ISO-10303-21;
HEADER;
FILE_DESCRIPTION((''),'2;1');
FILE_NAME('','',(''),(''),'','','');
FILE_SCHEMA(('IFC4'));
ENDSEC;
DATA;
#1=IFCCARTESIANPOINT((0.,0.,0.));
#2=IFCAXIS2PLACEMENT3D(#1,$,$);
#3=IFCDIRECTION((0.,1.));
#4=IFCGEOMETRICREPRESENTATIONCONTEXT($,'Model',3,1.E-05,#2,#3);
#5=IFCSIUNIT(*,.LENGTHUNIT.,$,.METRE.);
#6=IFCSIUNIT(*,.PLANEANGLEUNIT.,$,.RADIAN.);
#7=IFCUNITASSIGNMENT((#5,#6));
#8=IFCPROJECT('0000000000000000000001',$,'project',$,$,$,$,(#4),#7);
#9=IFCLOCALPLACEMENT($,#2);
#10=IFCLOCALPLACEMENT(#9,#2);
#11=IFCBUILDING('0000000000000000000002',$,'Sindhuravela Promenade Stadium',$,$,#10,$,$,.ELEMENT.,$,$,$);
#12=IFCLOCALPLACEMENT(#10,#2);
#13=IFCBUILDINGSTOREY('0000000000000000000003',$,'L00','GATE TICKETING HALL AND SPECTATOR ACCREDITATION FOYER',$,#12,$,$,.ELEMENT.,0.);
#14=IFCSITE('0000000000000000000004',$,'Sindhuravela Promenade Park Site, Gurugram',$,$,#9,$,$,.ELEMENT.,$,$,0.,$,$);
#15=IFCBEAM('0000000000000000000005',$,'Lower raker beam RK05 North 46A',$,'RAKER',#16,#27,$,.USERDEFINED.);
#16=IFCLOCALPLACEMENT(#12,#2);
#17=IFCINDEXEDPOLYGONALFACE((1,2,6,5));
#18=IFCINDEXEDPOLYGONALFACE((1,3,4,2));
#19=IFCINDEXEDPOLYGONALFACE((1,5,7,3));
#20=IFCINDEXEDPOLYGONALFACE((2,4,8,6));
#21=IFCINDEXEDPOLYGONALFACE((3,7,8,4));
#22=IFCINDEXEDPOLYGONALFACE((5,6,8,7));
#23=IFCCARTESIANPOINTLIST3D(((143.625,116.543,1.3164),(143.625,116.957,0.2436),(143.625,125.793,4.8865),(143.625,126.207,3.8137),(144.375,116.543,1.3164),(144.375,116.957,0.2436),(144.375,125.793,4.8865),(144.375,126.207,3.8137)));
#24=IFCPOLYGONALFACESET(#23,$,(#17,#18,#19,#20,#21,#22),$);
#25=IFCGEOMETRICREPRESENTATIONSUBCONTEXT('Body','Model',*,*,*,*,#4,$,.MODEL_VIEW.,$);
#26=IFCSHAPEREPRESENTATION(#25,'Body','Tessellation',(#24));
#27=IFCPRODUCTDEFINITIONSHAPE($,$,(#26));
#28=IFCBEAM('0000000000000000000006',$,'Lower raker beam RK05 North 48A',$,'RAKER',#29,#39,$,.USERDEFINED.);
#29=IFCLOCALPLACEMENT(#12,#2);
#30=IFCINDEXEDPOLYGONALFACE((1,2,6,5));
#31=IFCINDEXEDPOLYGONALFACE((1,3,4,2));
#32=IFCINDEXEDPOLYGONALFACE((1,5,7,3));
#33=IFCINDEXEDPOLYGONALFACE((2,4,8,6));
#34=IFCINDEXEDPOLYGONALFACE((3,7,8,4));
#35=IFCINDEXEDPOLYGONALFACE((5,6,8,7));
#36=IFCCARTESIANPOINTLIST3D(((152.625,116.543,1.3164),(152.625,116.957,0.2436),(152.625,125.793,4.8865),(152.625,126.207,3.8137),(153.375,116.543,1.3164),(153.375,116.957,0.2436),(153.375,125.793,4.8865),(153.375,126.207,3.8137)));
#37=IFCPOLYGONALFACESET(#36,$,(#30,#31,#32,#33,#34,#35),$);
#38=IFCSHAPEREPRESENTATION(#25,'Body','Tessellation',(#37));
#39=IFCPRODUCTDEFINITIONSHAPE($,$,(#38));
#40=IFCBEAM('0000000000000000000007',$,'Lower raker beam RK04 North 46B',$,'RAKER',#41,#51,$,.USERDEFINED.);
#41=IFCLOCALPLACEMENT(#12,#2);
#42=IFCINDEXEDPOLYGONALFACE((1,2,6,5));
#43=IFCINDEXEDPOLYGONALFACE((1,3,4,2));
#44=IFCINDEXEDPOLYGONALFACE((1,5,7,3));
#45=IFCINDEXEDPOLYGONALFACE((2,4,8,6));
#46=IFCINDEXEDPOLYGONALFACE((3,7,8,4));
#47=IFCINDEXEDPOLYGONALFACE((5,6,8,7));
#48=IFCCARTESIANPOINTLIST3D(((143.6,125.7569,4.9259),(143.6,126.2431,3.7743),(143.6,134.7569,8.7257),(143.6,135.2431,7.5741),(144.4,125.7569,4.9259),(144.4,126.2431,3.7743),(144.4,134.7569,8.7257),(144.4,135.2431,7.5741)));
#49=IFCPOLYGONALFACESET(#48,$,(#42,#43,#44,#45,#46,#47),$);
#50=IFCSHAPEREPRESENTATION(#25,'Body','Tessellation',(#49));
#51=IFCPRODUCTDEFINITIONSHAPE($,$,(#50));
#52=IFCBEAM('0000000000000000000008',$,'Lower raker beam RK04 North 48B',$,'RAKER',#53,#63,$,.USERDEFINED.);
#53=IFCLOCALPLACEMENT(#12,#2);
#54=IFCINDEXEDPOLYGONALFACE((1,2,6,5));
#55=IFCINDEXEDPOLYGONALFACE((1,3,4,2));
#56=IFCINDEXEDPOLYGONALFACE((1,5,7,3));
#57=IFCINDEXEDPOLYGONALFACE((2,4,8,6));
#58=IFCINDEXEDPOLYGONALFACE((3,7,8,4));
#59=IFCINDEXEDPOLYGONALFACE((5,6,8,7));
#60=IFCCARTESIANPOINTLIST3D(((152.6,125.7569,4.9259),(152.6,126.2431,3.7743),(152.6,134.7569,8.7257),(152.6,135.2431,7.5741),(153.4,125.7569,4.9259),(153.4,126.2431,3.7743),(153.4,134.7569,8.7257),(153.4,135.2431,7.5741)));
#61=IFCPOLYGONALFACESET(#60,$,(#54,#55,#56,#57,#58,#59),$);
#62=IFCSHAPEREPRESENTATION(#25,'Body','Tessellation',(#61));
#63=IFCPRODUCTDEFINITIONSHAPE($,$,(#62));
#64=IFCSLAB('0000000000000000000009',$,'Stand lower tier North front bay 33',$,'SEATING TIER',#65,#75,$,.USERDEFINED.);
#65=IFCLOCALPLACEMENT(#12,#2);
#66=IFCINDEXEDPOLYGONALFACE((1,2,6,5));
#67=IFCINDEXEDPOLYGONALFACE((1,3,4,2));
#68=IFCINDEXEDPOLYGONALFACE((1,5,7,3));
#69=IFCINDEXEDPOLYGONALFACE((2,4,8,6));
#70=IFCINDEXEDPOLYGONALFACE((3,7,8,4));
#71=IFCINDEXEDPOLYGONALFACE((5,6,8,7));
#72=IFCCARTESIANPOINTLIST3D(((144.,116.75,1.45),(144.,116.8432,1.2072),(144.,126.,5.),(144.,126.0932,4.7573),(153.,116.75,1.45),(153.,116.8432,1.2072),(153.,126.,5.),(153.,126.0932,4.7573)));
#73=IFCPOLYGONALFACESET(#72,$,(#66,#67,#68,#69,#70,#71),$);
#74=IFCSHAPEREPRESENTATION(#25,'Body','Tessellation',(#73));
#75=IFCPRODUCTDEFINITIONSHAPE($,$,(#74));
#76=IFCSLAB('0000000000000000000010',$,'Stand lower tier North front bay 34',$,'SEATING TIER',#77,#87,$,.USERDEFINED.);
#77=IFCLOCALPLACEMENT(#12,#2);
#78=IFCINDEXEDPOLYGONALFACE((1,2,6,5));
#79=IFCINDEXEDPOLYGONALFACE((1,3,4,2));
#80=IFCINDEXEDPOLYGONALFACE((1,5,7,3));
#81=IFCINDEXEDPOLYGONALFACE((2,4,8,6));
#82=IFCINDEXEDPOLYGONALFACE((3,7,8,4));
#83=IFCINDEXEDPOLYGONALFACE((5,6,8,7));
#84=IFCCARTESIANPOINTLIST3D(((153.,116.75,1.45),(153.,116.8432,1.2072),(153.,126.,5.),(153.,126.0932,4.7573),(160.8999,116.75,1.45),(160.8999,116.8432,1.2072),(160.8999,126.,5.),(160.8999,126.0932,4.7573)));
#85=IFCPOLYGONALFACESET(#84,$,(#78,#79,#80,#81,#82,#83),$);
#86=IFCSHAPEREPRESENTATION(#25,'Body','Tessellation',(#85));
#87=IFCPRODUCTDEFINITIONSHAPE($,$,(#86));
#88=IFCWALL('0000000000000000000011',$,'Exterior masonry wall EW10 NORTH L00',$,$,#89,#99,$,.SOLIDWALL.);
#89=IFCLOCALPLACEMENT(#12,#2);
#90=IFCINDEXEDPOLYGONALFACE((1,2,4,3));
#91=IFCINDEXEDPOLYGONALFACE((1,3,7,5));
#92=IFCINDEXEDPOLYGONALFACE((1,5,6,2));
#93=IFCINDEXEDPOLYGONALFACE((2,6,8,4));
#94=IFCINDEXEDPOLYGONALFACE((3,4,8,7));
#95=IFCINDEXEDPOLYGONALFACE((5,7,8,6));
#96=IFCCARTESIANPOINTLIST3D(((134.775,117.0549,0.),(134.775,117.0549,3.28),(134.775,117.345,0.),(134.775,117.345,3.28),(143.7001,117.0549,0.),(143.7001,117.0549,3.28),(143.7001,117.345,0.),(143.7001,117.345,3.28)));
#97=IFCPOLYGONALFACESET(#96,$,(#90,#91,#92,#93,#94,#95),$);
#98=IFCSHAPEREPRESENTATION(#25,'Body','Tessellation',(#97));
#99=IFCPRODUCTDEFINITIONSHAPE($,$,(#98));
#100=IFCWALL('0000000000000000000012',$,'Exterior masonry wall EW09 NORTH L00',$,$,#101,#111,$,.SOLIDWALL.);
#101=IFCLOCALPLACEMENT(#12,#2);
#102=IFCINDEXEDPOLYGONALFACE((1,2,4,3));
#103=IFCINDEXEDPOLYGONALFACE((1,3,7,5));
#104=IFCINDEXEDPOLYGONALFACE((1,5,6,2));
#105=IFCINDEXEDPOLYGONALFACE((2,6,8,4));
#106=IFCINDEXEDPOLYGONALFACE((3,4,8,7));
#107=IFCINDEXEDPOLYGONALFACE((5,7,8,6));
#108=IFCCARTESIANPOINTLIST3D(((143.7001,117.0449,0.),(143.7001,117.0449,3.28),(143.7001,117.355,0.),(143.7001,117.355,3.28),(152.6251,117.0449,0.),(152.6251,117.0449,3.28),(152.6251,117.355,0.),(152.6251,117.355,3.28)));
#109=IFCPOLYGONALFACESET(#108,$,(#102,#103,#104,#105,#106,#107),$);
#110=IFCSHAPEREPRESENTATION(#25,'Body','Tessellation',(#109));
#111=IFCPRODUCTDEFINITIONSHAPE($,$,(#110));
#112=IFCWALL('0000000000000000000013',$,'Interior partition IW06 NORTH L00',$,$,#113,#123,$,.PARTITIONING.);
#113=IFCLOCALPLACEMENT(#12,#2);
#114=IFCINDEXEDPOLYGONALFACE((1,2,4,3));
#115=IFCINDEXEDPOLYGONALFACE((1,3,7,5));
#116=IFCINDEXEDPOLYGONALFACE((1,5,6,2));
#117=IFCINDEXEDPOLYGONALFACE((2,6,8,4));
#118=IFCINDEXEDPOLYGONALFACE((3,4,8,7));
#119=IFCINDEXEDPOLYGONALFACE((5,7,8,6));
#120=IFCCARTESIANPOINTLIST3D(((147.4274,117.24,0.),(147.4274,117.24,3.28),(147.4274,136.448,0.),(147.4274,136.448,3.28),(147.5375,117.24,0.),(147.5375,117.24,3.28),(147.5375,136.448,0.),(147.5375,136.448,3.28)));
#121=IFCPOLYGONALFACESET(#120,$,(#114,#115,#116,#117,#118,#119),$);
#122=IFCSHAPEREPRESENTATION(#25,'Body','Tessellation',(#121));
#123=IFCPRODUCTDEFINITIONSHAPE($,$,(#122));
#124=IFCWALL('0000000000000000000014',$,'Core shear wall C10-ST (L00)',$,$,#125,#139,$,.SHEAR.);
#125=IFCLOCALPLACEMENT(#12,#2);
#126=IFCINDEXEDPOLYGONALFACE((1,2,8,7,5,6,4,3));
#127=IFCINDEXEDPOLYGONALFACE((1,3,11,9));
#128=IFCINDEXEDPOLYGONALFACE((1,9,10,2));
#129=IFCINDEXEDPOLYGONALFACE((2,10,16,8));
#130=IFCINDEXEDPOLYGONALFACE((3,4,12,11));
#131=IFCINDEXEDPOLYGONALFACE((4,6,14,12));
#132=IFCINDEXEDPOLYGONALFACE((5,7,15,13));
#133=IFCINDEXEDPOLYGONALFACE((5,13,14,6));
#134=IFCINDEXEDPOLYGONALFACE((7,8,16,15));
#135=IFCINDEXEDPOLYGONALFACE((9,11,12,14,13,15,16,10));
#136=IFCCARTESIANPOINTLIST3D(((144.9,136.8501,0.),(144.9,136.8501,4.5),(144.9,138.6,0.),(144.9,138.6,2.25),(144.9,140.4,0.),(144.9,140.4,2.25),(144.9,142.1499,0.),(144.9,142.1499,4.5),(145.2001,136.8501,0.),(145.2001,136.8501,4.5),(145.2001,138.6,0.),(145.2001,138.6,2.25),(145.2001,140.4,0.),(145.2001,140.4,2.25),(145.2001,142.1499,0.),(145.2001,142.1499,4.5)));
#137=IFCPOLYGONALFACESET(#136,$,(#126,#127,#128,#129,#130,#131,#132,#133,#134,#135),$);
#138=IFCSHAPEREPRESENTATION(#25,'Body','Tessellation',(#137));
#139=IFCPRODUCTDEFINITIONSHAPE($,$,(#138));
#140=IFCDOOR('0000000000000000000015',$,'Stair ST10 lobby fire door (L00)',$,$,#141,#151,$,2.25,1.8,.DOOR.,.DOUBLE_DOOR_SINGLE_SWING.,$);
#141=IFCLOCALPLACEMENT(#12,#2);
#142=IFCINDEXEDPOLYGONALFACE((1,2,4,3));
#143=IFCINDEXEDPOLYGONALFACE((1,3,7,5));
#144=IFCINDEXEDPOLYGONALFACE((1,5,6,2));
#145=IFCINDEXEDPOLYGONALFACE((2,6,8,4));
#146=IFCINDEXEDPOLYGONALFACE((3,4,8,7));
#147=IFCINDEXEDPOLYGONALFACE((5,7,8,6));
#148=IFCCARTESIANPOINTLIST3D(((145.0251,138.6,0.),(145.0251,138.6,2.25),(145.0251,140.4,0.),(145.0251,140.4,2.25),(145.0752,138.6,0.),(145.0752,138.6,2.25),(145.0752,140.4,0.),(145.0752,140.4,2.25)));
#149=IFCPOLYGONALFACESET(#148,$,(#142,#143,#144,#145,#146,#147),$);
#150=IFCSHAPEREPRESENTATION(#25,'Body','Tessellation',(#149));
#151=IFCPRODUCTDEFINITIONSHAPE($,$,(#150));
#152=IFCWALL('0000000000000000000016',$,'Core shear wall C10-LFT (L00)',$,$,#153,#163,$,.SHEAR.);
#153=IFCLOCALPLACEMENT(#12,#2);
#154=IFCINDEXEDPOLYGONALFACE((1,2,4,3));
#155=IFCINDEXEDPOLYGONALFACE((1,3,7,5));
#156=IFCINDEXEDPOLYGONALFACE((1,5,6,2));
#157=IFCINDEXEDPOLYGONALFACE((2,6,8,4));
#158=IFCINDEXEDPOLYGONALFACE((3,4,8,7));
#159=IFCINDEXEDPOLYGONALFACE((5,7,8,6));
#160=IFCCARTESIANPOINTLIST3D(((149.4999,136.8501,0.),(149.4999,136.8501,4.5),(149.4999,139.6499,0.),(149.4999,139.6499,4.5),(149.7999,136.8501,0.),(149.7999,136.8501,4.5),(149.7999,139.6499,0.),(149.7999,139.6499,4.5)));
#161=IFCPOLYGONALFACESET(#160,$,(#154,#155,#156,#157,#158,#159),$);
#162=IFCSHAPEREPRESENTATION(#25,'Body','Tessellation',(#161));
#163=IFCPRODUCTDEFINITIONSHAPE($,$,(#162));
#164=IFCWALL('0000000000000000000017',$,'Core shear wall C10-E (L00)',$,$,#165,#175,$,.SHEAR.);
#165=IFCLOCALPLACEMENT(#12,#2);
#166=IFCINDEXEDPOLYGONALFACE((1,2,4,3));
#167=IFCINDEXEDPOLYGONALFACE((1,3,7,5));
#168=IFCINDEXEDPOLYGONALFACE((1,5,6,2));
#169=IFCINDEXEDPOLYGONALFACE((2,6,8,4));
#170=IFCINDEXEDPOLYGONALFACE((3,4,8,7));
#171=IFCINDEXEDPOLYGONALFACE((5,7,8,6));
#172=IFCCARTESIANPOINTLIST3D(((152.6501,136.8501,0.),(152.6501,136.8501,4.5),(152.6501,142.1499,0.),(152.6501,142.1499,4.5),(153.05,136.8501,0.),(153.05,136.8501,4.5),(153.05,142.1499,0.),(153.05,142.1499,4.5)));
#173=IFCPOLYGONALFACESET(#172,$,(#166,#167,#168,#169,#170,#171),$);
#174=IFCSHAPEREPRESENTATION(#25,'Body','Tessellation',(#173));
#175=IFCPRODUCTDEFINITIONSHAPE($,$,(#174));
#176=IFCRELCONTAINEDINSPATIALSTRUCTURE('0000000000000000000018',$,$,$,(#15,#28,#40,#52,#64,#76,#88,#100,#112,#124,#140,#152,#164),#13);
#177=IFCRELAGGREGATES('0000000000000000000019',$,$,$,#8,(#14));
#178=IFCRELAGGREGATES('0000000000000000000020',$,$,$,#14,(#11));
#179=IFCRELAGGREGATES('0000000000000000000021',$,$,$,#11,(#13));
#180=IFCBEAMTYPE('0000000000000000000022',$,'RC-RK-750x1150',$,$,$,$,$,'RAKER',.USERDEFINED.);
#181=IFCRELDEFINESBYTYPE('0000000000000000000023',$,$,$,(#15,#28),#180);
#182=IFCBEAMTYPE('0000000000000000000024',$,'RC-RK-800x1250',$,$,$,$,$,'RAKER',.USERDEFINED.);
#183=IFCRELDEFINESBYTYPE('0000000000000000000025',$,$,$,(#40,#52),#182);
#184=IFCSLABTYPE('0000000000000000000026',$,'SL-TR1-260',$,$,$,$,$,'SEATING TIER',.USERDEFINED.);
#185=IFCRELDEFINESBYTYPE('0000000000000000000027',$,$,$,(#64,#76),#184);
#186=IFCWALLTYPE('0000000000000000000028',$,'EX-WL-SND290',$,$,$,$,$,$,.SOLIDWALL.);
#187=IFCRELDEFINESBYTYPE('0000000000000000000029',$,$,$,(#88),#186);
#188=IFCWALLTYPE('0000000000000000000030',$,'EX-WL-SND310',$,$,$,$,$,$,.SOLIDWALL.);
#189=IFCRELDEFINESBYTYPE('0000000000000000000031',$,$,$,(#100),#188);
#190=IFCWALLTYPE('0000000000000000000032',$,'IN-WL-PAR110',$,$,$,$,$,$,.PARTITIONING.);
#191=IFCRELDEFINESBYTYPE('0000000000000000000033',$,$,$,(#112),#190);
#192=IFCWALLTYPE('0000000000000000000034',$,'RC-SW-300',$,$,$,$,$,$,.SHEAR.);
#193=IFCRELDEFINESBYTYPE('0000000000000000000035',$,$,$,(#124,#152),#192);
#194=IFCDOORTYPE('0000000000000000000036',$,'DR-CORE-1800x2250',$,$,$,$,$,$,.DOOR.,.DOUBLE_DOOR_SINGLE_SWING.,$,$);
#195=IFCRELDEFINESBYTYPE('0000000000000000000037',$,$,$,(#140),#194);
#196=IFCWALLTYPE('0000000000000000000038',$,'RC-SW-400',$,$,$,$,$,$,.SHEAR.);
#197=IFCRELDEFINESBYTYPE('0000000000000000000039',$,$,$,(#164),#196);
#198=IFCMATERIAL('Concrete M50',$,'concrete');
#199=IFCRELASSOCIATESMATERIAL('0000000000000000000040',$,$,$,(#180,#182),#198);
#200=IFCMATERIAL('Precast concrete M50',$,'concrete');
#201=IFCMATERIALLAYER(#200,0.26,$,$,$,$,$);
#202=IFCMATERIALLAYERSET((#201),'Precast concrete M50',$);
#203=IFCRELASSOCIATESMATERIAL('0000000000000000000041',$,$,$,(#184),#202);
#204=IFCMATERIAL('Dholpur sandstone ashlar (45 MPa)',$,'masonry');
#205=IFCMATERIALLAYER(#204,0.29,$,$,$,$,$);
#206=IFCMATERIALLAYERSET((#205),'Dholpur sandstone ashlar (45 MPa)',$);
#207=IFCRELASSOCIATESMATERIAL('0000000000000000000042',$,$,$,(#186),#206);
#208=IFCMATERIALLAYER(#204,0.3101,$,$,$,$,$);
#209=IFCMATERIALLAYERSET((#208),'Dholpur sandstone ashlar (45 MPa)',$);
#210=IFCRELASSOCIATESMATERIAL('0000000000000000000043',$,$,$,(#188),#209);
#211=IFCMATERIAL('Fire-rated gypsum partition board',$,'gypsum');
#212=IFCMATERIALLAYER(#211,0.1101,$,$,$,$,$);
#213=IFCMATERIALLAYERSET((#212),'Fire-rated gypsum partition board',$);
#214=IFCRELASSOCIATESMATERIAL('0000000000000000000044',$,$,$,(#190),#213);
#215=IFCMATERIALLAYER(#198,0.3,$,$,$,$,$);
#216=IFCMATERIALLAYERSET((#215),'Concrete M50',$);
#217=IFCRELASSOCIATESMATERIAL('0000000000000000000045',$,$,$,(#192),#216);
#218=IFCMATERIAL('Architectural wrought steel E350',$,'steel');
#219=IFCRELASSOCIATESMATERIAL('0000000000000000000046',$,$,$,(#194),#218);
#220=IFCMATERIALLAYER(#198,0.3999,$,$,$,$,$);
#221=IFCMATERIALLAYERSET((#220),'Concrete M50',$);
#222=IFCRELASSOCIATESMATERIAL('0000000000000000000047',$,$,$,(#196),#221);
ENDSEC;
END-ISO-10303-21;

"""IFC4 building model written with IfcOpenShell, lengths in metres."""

from ifc_helpers import new_model, si_unit, direction, frame, frame_2d, origin, origin_2d, place, context, subcontext, project, spatial, polyline, rectangle, outline, extrude, material, layer, layer_set, material_profile, profile_set, type_object, element, fill, save


model = new_model("IFC4")

# Units and contexts
model_context = context("Model", 3, precision=1e-05, world=origin(), true_north=direction((0.0, 1.0)))
body_context = subcontext(model_context, "Body", "Model", "MODEL_VIEW")
ifc_project = project(units=[si_unit("LENGTHUNIT", "METRE"), si_unit("PLANEANGLEUNIT", "RADIAN")], contexts=[model_context])

# Site, building, storey
site_placement = place(None, origin())
site = spatial("IfcSite", under=ifc_project, at=site_placement, Name="Sindhuravela Promenade Park Site, Gurugram", CompositionType="ELEMENT", RefElevation=0.0)
building_placement = place(site_placement, origin())
building = spatial("IfcBuilding", under=site, at=building_placement, Name="Sindhuravela Promenade Stadium", CompositionType="ELEMENT")
storey_placement = place(building_placement, origin())
storey = spatial("IfcBuildingStorey", under=building, at=storey_placement, Name="L00", Description="GATE TICKETING HALL AND SPECTATOR ACCREDITATION FOYER", CompositionType="ELEMENT", Elevation=0.0)

# Shared definitions
ifc_material_1 = material(Name="Concrete M50", Category="concrete")

# Beams
ifc_material_profile_1 = material_profile(ifc_material_1, rectangle(XDim=0.75, YDim=1.1499, at=origin_2d()), Name="RC 750x1150")
ifc_profile_set_1 = profile_set([ifc_material_profile_1], Name="Concrete M50")
beam_type_1 = type_object("IfcBeamType", Name="RC-RK-750x1150", ElementType="RAKER", PredefinedType="USERDEFINED", material=ifc_profile_set_1)
for number, where, z_axis, x_axis, name in (
    (1, (144.0, 116.75, 0.78), (0.0, 0.932927, 0.360066), (-1.0, 0.0, 0.0), "Lower raker beam RK05 North 46A"),
    (2, (153.0, 116.75, 0.78), (0.0, 0.932927, 0.360066), (-1.0, 0.0, 0.0), "Lower raker beam RK05 North 48A"),
):
    element("IfcBeam", number, at=place(storey_placement, frame(where, z_axis=z_axis, x_axis=x_axis)), inside=storey, type_object=beam_type_1, Name=name, ObjectType="RAKER", PredefinedType="USERDEFINED", context=body_context, shape_type="SweptSolid", body=[
        extrude(rectangle(XDim=0.75, YDim=1.1499, at=origin_2d()), origin(), (0.0, 0.0, 1.0), 9.915),
    ])
ifc_material_profile_2 = material_profile(ifc_material_1, rectangle(XDim=0.8, YDim=1.25, at=origin_2d()), Name="RC 800x1250")
ifc_profile_set_2 = profile_set([ifc_material_profile_2], Name="Concrete M50")
beam_type_2 = type_object("IfcBeamType", Name="RC-RK-800x1250", ElementType="RAKER", PredefinedType="USERDEFINED", material=ifc_profile_set_2)
for number, where, z_axis, x_axis, name in (
    (3, (144.0, 126.0, 4.3501), (0.0, 0.921257, 0.388955), (-1.0, 0.0, 0.0), "Lower raker beam RK04 North 46B"),
    (4, (153.0, 126.0, 4.3501), (0.0, 0.921257, 0.388955), (-1.0, 0.0, 0.0), "Lower raker beam RK04 North 48B"),
):
    element("IfcBeam", number, at=place(storey_placement, frame(where, z_axis=z_axis, x_axis=x_axis)), inside=storey, type_object=beam_type_2, Name=name, ObjectType="RAKER", PredefinedType="USERDEFINED", context=body_context, shape_type="SweptSolid", body=[
        extrude(rectangle(XDim=0.8, YDim=1.25, at=origin_2d()), origin(), (0.0, 0.0, 1.0), 9.7693),
    ])

# Slabs
ifc_material_2 = material(Name="Precast concrete M50", Category="concrete")
ifc_layer_1 = layer(ifc_material_2, 0.26)
ifc_layer_set_1 = layer_set([ifc_layer_1], Name="Precast concrete M50")
slab_type = type_object("IfcSlabType", Name="SL-TR1-260", ElementType="SEATING TIER", PredefinedType="USERDEFINED", material=ifc_layer_set_1)
slab_1_placement = place(storey_placement, frame((144.0, 116.75, 1.45), z_axis=(0.0, -0.358307, 0.933604), x_axis=(1.0, 0.0, 0.0)))
element("IfcSlab", 5, at=slab_1_placement, inside=storey, type_object=slab_type, Name="Stand lower tier North front bay 33", ObjectType="SEATING TIER", PredefinedType="USERDEFINED", context=body_context, shape_type="SweptSolid", body=[
    extrude(outline(polyline([(0.0, 0.0), (9.0, 0.0), (9.0, 9.9078), (0.0, 9.9078), (0.0, 0.0)])), origin(), (0.0, 0.0, -1.0), 0.26),
])
slab_2_placement = place(storey_placement, frame((153.0, 116.75, 1.45), z_axis=(0.0, -0.358307, 0.933604), x_axis=(1.0, 0.0, 0.0)))
element("IfcSlab", 6, at=slab_2_placement, inside=storey, type_object=slab_type, Name="Stand lower tier North front bay 34", ObjectType="SEATING TIER", PredefinedType="USERDEFINED", context=body_context, shape_type="SweptSolid", body=[
    extrude(outline(polyline([(0.0, 0.0), (7.8999, 0.0), (7.8999, 9.9078), (0.0, 9.9078), (0.0, 0.0)])), origin(), (0.0, 0.0, -1.0), 0.26),
])

# Walls
ifc_material_3 = material(Name="Dholpur sandstone ashlar (45 MPa)", Category="masonry")
ifc_layer_2 = layer(ifc_material_3, 0.29)
ifc_layer_set_2 = layer_set([ifc_layer_2], Name="Dholpur sandstone ashlar (45 MPa)")
wall_type_1 = type_object("IfcWallType", Name="EX-WL-SND290", PredefinedType="SOLIDWALL", material=ifc_layer_set_2)
wall_1_placement = place(storey_placement, frame((143.7, 117.2, 0.0), z_axis=(0.0, 0.0, 1.0), x_axis=(-1.0, 0.0, 0.0)))
element("IfcWall", 7, at=wall_1_placement, inside=storey, type_object=wall_type_1, Name="Exterior masonry wall EW10 NORTH L00", PredefinedType="SOLIDWALL", context=body_context, shape_type="SweptSolid", body=[
    extrude(rectangle(XDim=8.925, YDim=0.29, at=frame_2d((4.4624, 0.0))), origin(), (0.0, 0.0, 1.0), 3.28),
])
ifc_layer_3 = layer(ifc_material_3, 0.3101)
ifc_layer_set_3 = layer_set([ifc_layer_3], Name="Dholpur sandstone ashlar (45 MPa)")
wall_type_2 = type_object("IfcWallType", Name="EX-WL-SND310", PredefinedType="SOLIDWALL", material=ifc_layer_set_3)
wall_2_placement = place(storey_placement, frame((152.625, 117.2, 0.0), z_axis=(0.0, 0.0, 1.0), x_axis=(-1.0, 0.0, 0.0)))
element("IfcWall", 8, at=wall_2_placement, inside=storey, type_object=wall_type_2, Name="Exterior masonry wall EW09 NORTH L00", PredefinedType="SOLIDWALL", context=body_context, shape_type="SweptSolid", body=[
    extrude(rectangle(XDim=8.925, YDim=0.3101, at=frame_2d((4.4624, 0.0))), origin(), (0.0, 0.0, 1.0), 3.28),
])
ifc_material_4 = material(Name="Fire-rated gypsum partition board", Category="gypsum")
ifc_layer_4 = layer(ifc_material_4, 0.1101)
ifc_layer_set_4 = layer_set([ifc_layer_4], Name="Fire-rated gypsum partition board")
wall_type_3 = type_object("IfcWallType", Name="IN-WL-PAR110", PredefinedType="PARTITIONING", material=ifc_layer_set_4)
wall_3_placement = place(storey_placement, frame((147.4824, 117.24, 0.0), z_axis=(0.0, 0.0, 1.0), x_axis=(0.0, 1.0, 0.0)))
element("IfcWall", 9, at=wall_3_placement, inside=storey, type_object=wall_type_3, Name="Interior partition IW06 NORTH L00", PredefinedType="PARTITIONING", context=body_context, shape_type="SweptSolid", body=[
    extrude(rectangle(XDim=19.208, YDim=0.1101, at=frame_2d((9.604, 0.0))), origin(), (0.0, 0.0, 1.0), 3.28),
])

# Wall, opening, door
ifc_layer_5 = layer(ifc_material_1, 0.3)
ifc_layer_set_5 = layer_set([ifc_layer_5], Name="Concrete M50")
wall_type_4 = type_object("IfcWallType", Name="RC-SW-300", PredefinedType="SHEAR", material=ifc_layer_set_5)
wall_4_placement = place(storey_placement, frame((145.05, 136.8501, 0.0), z_axis=(0.0, 0.0, 1.0), x_axis=(0.0, 1.0, 0.0)))
wall_4 = element("IfcWall", 10, at=wall_4_placement, inside=storey, type_object=wall_type_4, Name="Core shear wall C10-ST (L00)", PredefinedType="SHEAR", context=body_context, shape_type="SweptSolid", body=[
    extrude(rectangle(XDim=5.2998, YDim=0.3, at=frame_2d((2.6499, 0.0))), origin(), (0.0, 0.0, 1.0), 4.5),
])
opening_placement = place(wall_4_placement, frame((1.75, 0.0, 0.0)))
opening = element("IfcOpeningElement", 11, at=opening_placement, cuts=wall_4, PredefinedType="OPENING", context=body_context, shape_type="SweptSolid", body=[
    extrude(rectangle(XDim=1.8, YDim=2.25, at=frame_2d((0.8999, 1.125))), frame((0.0, 0.1599, 0.0), z_axis=(0.0, -1.0, 0.0), x_axis=(1.0, 0.0, 0.0)), (0.0, 0.0, 1.0), 0.3201),
])
ifc_material_5 = material(Name="Architectural wrought steel E350", Category="steel")
door_type = type_object("IfcDoorType", Name="DR-CORE-1800x2250", OperationType="DOUBLE_DOOR_SINGLE_SWING", PredefinedType="DOOR", material=ifc_material_5)
door_placement = place(opening_placement, origin())
door = element("IfcDoor", 12, at=door_placement, inside=storey, type_object=door_type, Name="Stair ST10 lobby fire door (L00)", OperationType="DOUBLE_DOOR_SINGLE_SWING", OverallHeight=2.25, OverallWidth=1.8, PredefinedType="DOOR", context=body_context, shape_type="SweptSolid", body=[
    extrude(rectangle(XDim=1.8, YDim=2.25, at=frame_2d((0.8999, 1.125))), frame((0.0, 0.0249, 0.0), z_axis=(0.0, -1.0, 0.0), x_axis=(1.0, 0.0, 0.0)), (0.0, 0.0, 1.0), 0.05),
])
fill(opening, door)

# Walls
wall_5_placement = place(storey_placement, frame((149.6499, 136.8501, 0.0), z_axis=(0.0, 0.0, 1.0), x_axis=(0.0, 1.0, 0.0)))
element("IfcWall", 13, at=wall_5_placement, inside=storey, type_object=wall_type_4, Name="Core shear wall C10-LFT (L00)", PredefinedType="SHEAR", context=body_context, shape_type="SweptSolid", body=[
    extrude(rectangle(XDim=2.7998, YDim=0.3, at=frame_2d((1.3999, 0.0))), origin(), (0.0, 0.0, 1.0), 4.5),
])
ifc_layer_6 = layer(ifc_material_1, 0.3999)
ifc_layer_set_6 = layer_set([ifc_layer_6], Name="Concrete M50")
wall_type_5 = type_object("IfcWallType", Name="RC-SW-400", PredefinedType="SHEAR", material=ifc_layer_set_6)
wall_6_placement = place(storey_placement, frame((152.8501, 136.8501, 0.0), z_axis=(0.0, 0.0, 1.0), x_axis=(0.0, 1.0, 0.0)))
element("IfcWall", 14, at=wall_6_placement, inside=storey, type_object=wall_type_5, Name="Core shear wall C10-E (L00)", PredefinedType="SHEAR", context=body_context, shape_type="SweptSolid", body=[
    extrude(rectangle(XDim=5.2998, YDim=0.3999, at=frame_2d((2.6499, 0.0))), origin(), (0.0, 0.0, 1.0), 4.5),
])

save(model, "model.ifc")
